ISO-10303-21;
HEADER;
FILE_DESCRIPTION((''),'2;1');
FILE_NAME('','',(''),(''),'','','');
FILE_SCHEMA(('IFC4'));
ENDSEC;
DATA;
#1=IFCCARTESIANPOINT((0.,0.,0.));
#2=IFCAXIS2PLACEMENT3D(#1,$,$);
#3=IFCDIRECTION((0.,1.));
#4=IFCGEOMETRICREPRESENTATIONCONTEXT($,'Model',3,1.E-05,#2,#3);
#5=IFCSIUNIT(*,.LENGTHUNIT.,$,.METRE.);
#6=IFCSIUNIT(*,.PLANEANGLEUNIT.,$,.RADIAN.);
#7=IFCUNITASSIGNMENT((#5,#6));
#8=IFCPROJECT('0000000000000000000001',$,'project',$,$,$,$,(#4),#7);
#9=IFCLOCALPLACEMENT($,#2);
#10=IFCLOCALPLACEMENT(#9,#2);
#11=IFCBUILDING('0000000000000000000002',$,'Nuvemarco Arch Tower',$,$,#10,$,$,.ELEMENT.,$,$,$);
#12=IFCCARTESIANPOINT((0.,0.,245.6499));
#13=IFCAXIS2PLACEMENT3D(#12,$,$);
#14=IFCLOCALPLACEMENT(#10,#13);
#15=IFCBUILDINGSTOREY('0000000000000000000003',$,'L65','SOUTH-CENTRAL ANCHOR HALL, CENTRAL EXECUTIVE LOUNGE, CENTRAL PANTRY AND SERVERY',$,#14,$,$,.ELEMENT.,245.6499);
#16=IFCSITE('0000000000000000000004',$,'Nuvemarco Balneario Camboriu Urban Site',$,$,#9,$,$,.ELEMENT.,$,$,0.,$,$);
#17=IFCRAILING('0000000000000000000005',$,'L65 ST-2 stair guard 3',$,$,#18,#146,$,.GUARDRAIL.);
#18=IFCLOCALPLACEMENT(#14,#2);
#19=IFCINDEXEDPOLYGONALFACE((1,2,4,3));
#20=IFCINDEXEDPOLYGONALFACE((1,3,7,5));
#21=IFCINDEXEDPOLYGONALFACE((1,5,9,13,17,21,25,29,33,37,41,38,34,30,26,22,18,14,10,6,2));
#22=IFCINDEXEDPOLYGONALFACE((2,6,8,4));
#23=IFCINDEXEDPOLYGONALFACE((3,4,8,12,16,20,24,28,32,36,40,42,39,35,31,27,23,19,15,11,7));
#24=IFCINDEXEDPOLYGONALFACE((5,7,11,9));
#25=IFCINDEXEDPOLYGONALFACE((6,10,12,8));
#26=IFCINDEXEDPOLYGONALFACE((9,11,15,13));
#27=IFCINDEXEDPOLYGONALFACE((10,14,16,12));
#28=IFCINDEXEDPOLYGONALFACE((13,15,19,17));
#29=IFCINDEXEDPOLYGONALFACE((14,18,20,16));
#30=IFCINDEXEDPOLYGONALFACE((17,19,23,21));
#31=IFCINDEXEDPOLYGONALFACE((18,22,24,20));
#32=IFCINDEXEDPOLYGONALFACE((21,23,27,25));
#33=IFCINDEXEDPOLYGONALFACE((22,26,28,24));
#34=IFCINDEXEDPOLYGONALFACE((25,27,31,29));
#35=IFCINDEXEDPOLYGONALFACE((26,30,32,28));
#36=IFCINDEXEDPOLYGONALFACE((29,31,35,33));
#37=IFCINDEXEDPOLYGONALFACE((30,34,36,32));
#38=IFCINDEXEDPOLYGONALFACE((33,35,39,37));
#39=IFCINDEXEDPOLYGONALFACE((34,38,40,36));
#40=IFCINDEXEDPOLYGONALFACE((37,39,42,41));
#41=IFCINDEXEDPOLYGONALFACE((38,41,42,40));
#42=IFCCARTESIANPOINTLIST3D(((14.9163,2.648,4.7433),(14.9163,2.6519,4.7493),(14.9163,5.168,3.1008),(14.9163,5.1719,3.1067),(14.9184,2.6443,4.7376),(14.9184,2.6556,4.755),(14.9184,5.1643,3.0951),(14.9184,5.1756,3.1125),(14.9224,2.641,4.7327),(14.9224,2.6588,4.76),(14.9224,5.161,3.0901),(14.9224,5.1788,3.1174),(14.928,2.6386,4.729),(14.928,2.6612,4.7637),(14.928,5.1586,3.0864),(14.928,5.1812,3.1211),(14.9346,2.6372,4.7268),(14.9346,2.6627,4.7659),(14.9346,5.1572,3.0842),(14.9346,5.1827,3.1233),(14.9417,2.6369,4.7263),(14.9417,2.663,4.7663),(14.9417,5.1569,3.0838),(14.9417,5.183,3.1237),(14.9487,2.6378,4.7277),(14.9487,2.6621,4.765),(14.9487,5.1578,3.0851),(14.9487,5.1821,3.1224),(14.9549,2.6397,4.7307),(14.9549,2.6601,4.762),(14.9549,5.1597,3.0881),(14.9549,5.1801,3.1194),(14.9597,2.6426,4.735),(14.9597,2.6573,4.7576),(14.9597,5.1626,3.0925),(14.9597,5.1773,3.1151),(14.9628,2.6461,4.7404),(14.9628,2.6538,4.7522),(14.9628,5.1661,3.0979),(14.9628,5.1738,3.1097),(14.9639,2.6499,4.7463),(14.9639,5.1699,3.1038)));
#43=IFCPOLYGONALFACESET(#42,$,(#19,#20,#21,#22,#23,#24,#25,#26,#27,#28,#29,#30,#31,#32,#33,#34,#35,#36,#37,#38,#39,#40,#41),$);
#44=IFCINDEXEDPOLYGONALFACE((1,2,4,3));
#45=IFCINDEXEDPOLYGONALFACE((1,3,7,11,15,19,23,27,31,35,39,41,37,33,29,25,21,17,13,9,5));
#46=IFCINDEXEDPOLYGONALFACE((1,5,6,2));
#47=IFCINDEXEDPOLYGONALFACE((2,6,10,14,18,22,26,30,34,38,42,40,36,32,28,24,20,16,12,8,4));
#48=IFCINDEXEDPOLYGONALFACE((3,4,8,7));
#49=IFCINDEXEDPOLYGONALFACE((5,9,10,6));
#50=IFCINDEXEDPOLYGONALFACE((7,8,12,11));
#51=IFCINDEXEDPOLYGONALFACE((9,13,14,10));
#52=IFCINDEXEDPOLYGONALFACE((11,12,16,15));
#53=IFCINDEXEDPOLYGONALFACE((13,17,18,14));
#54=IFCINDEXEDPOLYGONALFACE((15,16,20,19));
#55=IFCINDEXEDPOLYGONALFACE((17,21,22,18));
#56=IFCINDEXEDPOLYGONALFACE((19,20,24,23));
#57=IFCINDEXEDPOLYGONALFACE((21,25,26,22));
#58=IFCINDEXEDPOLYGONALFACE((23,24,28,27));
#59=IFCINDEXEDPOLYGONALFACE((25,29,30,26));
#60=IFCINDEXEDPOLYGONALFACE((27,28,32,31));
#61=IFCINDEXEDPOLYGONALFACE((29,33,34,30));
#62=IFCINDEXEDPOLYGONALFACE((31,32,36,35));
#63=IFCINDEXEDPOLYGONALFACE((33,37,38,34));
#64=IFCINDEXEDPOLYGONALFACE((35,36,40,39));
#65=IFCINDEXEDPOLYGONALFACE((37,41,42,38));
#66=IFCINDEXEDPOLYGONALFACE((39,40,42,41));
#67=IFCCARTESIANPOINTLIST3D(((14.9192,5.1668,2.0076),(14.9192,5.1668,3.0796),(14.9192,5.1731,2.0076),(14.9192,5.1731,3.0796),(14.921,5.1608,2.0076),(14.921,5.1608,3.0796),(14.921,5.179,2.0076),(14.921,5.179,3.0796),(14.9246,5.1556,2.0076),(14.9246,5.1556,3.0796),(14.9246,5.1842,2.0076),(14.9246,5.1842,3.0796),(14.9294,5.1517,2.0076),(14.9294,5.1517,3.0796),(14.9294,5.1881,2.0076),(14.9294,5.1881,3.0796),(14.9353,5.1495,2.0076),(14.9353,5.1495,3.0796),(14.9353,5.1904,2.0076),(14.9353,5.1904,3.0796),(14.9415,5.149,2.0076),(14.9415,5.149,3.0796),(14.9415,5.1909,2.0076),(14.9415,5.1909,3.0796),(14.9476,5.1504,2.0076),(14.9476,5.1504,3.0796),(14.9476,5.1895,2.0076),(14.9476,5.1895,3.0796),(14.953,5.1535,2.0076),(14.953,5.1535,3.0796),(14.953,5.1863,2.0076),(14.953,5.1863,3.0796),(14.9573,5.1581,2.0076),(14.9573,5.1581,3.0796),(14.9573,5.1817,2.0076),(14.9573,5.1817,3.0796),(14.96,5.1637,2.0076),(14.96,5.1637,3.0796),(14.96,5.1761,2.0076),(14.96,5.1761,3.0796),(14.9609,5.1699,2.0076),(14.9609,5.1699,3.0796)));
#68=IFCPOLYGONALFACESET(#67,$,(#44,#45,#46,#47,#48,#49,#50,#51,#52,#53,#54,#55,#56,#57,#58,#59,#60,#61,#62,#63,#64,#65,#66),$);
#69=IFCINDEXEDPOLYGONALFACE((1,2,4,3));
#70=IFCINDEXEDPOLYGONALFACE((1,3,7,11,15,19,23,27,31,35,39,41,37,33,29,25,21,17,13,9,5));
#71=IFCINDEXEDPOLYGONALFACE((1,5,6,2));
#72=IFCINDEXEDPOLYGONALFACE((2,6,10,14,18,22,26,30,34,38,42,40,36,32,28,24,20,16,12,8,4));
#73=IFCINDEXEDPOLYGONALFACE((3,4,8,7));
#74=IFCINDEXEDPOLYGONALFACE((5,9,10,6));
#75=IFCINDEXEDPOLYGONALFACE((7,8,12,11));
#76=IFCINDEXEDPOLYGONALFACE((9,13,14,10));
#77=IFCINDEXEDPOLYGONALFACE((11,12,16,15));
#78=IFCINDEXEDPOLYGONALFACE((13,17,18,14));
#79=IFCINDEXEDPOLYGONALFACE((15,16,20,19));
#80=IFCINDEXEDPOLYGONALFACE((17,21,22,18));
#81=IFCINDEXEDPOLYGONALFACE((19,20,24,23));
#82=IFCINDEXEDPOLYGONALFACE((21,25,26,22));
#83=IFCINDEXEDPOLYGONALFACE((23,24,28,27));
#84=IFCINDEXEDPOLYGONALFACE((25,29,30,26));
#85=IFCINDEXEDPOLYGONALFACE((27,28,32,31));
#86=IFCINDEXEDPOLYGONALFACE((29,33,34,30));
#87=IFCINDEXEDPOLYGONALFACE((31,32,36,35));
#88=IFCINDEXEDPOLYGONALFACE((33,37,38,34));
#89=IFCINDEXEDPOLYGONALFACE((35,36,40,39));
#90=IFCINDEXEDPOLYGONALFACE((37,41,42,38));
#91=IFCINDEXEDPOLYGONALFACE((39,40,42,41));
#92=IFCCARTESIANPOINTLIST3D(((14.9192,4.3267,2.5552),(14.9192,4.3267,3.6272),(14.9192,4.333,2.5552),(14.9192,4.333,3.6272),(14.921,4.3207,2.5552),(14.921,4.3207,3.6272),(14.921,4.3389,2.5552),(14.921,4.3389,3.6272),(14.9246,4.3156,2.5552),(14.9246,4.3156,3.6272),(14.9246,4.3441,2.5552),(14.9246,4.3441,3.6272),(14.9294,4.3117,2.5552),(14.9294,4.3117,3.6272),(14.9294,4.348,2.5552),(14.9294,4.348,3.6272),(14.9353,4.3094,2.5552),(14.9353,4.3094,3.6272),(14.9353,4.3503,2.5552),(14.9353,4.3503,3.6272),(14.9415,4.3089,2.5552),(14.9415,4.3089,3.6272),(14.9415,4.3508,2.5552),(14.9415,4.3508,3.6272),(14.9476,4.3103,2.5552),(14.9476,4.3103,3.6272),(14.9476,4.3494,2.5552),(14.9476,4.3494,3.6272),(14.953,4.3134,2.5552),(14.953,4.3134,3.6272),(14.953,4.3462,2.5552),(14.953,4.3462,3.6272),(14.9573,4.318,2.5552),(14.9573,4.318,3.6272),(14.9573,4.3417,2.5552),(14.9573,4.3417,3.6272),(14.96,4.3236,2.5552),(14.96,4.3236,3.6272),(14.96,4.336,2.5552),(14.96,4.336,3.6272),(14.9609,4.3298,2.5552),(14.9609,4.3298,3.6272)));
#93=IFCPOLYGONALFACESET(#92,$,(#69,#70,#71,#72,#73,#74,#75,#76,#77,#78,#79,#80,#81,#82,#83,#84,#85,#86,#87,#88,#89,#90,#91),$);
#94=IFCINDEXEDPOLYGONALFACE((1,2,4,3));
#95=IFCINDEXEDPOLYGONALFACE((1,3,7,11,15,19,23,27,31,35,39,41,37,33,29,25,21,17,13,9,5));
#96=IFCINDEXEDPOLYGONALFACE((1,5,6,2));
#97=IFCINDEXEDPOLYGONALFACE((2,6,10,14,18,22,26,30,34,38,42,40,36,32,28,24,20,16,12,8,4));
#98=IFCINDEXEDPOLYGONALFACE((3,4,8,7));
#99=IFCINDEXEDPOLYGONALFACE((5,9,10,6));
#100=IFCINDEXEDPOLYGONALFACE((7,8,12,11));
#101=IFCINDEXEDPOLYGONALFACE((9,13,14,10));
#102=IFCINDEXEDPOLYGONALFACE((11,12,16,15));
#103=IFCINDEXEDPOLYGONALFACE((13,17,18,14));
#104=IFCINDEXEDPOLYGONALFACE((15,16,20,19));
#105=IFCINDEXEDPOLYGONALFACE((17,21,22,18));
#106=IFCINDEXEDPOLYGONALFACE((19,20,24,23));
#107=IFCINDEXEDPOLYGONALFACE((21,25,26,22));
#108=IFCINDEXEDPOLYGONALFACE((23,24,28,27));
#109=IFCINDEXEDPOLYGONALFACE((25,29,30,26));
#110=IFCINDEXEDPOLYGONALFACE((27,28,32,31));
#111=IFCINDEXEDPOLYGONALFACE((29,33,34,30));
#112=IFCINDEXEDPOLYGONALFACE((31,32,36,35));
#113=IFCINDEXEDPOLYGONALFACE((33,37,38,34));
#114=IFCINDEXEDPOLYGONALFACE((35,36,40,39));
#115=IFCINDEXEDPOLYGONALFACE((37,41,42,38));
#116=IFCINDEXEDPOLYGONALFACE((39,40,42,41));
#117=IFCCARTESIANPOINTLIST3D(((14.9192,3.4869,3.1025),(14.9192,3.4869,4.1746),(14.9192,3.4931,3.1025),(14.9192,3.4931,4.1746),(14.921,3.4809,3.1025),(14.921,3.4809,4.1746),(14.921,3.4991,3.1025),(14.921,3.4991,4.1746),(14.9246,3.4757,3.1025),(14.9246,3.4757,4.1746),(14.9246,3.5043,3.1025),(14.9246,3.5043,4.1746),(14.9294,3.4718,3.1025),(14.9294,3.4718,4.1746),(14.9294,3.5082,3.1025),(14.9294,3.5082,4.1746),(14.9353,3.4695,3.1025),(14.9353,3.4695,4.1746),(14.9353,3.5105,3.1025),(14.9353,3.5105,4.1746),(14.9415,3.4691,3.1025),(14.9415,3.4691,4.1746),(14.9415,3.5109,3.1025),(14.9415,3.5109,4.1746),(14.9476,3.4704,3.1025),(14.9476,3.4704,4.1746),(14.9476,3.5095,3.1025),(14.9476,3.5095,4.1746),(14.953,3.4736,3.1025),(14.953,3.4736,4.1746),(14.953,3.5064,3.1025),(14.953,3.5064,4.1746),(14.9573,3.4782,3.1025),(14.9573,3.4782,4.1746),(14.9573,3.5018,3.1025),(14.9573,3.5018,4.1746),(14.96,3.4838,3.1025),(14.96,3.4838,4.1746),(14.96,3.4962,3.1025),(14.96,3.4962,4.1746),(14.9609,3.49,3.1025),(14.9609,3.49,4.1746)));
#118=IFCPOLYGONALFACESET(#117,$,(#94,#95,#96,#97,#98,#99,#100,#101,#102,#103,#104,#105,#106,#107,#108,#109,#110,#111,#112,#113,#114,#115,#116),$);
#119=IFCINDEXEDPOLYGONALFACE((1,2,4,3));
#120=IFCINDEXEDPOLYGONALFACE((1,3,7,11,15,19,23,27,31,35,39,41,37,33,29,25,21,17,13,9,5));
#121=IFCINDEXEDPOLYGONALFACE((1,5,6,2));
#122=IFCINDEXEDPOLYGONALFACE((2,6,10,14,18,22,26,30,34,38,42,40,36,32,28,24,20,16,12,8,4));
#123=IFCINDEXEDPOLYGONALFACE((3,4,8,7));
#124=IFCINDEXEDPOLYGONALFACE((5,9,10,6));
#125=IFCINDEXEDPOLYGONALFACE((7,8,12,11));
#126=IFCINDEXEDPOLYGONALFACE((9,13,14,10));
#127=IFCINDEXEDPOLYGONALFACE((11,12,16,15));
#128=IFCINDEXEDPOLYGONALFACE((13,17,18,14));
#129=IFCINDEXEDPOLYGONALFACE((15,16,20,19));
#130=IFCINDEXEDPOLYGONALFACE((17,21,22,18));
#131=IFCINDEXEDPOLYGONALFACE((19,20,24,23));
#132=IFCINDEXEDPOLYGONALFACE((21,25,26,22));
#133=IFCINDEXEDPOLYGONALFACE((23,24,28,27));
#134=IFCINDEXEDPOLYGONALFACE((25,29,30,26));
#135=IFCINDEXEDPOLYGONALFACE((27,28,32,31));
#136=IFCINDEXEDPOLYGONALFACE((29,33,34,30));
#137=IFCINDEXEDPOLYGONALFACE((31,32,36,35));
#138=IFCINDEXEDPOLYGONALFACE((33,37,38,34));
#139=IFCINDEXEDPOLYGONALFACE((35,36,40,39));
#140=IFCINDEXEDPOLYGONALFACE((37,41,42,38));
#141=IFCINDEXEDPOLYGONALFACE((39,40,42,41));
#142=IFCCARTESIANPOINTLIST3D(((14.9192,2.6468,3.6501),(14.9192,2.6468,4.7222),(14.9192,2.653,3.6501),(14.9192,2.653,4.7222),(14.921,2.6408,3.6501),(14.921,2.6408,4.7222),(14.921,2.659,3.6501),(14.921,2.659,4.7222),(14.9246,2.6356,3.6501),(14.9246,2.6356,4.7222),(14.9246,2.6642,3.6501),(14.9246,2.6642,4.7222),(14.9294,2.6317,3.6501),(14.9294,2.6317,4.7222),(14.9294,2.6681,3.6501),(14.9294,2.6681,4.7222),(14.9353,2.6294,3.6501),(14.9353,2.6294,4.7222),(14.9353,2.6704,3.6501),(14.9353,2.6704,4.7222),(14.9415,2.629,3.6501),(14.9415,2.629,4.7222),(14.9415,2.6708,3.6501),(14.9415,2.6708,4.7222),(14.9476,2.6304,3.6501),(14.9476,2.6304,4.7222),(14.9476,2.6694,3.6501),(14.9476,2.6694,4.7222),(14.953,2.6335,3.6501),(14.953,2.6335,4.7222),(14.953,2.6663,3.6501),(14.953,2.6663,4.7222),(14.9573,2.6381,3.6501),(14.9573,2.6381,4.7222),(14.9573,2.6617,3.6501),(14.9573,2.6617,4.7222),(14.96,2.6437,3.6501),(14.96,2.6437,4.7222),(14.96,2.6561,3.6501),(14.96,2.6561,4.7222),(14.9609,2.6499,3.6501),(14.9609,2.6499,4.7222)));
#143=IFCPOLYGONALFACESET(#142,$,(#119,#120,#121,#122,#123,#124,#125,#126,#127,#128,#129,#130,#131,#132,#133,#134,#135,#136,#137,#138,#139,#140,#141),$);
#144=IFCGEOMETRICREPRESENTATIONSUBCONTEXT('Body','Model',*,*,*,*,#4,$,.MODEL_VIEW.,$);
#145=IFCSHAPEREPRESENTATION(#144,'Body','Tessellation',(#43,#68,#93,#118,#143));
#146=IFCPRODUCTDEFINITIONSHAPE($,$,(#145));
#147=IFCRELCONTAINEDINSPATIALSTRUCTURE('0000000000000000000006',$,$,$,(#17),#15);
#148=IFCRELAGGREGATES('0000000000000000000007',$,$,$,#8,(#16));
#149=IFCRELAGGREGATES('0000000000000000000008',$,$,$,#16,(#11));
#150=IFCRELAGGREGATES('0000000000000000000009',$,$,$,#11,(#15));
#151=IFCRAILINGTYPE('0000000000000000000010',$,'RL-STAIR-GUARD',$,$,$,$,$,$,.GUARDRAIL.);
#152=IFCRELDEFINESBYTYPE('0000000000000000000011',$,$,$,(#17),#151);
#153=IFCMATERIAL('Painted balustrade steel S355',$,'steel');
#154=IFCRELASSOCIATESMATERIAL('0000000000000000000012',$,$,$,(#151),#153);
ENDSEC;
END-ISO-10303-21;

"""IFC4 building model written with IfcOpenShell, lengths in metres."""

from ifc_helpers import new_model, si_unit, direction, frame, origin, origin_2d, place, context, subcontext, project, spatial, circle, extrude, material, type_object, element, save


model = new_model("IFC4")

# Units and contexts
model_context = context("Model", 3, precision=1e-05, world=origin(), true_north=direction((0.0, 1.0)))
body_context = subcontext(model_context, "Body", "Model", "MODEL_VIEW")
ifc_project = project(units=[si_unit("LENGTHUNIT", "METRE"), si_unit("PLANEANGLEUNIT", "RADIAN")], contexts=[model_context])

# Site, building, storey
site_placement = place(None, origin())
site = spatial("IfcSite", under=ifc_project, at=site_placement, Name="Nuvemarco Balneario Camboriu Urban Site", CompositionType="ELEMENT", RefElevation=0.0)
building_placement = place(site_placement, origin())
building = spatial("IfcBuilding", under=site, at=building_placement, Name="Nuvemarco Arch Tower", CompositionType="ELEMENT")
storey_placement = place(building_placement, frame((0.0, 0.0, 245.6499)))
storey = spatial("IfcBuildingStorey", under=building, at=storey_placement, Name="L65", Description="SOUTH-CENTRAL ANCHOR HALL, CENTRAL EXECUTIVE LOUNGE, CENTRAL PANTRY AND SERVERY", CompositionType="ELEMENT", Elevation=245.6499)

# Railing
ifc_material_1 = material(Name="Painted balustrade steel S355", Category="steel")
railing_type_1 = type_object("IfcRailingType", Name="RL-STAIR-GUARD", PredefinedType="GUARDRAIL", material=ifc_material_1)
railing_1_placement = place(storey_placement, frame((14.9399, 5.1699, 2.0076)))
element("IfcRailing", 1, at=railing_1_placement, inside=storey, type_object=railing_type_1, Name="L65 ST-2 stair guard 3", PredefinedType="GUARDRAIL", context=body_context, shape_type="SweptSolid", body=[
    extrude(circle(Radius=0.0239, at=origin_2d()), frame((0.0, 0.0, 1.0962), z_axis=(0.0, -0.837749, 0.546055), x_axis=(1.0, 0.0, 0.0)), (0.0, 0.0, 1.0), 3.0081),
    extrude(circle(Radius=0.021, at=origin_2d()), origin(), (0.0, 0.0, 1.0), 1.072),
    extrude(circle(Radius=0.021, at=origin_2d()), frame((0.0, -0.8401, 0.5476)), (0.0, 0.0, 1.0), 1.072),
    extrude(circle(Radius=0.021, at=origin_2d()), frame((0.0, -1.6799, 1.095)), (0.0, 0.0, 1.0), 1.072),
    extrude(circle(Radius=0.021, at=origin_2d()), frame((0.0, -2.52, 1.6426)), (0.0, 0.0, 1.0), 1.072),
])

save(model, "model.ifc")
